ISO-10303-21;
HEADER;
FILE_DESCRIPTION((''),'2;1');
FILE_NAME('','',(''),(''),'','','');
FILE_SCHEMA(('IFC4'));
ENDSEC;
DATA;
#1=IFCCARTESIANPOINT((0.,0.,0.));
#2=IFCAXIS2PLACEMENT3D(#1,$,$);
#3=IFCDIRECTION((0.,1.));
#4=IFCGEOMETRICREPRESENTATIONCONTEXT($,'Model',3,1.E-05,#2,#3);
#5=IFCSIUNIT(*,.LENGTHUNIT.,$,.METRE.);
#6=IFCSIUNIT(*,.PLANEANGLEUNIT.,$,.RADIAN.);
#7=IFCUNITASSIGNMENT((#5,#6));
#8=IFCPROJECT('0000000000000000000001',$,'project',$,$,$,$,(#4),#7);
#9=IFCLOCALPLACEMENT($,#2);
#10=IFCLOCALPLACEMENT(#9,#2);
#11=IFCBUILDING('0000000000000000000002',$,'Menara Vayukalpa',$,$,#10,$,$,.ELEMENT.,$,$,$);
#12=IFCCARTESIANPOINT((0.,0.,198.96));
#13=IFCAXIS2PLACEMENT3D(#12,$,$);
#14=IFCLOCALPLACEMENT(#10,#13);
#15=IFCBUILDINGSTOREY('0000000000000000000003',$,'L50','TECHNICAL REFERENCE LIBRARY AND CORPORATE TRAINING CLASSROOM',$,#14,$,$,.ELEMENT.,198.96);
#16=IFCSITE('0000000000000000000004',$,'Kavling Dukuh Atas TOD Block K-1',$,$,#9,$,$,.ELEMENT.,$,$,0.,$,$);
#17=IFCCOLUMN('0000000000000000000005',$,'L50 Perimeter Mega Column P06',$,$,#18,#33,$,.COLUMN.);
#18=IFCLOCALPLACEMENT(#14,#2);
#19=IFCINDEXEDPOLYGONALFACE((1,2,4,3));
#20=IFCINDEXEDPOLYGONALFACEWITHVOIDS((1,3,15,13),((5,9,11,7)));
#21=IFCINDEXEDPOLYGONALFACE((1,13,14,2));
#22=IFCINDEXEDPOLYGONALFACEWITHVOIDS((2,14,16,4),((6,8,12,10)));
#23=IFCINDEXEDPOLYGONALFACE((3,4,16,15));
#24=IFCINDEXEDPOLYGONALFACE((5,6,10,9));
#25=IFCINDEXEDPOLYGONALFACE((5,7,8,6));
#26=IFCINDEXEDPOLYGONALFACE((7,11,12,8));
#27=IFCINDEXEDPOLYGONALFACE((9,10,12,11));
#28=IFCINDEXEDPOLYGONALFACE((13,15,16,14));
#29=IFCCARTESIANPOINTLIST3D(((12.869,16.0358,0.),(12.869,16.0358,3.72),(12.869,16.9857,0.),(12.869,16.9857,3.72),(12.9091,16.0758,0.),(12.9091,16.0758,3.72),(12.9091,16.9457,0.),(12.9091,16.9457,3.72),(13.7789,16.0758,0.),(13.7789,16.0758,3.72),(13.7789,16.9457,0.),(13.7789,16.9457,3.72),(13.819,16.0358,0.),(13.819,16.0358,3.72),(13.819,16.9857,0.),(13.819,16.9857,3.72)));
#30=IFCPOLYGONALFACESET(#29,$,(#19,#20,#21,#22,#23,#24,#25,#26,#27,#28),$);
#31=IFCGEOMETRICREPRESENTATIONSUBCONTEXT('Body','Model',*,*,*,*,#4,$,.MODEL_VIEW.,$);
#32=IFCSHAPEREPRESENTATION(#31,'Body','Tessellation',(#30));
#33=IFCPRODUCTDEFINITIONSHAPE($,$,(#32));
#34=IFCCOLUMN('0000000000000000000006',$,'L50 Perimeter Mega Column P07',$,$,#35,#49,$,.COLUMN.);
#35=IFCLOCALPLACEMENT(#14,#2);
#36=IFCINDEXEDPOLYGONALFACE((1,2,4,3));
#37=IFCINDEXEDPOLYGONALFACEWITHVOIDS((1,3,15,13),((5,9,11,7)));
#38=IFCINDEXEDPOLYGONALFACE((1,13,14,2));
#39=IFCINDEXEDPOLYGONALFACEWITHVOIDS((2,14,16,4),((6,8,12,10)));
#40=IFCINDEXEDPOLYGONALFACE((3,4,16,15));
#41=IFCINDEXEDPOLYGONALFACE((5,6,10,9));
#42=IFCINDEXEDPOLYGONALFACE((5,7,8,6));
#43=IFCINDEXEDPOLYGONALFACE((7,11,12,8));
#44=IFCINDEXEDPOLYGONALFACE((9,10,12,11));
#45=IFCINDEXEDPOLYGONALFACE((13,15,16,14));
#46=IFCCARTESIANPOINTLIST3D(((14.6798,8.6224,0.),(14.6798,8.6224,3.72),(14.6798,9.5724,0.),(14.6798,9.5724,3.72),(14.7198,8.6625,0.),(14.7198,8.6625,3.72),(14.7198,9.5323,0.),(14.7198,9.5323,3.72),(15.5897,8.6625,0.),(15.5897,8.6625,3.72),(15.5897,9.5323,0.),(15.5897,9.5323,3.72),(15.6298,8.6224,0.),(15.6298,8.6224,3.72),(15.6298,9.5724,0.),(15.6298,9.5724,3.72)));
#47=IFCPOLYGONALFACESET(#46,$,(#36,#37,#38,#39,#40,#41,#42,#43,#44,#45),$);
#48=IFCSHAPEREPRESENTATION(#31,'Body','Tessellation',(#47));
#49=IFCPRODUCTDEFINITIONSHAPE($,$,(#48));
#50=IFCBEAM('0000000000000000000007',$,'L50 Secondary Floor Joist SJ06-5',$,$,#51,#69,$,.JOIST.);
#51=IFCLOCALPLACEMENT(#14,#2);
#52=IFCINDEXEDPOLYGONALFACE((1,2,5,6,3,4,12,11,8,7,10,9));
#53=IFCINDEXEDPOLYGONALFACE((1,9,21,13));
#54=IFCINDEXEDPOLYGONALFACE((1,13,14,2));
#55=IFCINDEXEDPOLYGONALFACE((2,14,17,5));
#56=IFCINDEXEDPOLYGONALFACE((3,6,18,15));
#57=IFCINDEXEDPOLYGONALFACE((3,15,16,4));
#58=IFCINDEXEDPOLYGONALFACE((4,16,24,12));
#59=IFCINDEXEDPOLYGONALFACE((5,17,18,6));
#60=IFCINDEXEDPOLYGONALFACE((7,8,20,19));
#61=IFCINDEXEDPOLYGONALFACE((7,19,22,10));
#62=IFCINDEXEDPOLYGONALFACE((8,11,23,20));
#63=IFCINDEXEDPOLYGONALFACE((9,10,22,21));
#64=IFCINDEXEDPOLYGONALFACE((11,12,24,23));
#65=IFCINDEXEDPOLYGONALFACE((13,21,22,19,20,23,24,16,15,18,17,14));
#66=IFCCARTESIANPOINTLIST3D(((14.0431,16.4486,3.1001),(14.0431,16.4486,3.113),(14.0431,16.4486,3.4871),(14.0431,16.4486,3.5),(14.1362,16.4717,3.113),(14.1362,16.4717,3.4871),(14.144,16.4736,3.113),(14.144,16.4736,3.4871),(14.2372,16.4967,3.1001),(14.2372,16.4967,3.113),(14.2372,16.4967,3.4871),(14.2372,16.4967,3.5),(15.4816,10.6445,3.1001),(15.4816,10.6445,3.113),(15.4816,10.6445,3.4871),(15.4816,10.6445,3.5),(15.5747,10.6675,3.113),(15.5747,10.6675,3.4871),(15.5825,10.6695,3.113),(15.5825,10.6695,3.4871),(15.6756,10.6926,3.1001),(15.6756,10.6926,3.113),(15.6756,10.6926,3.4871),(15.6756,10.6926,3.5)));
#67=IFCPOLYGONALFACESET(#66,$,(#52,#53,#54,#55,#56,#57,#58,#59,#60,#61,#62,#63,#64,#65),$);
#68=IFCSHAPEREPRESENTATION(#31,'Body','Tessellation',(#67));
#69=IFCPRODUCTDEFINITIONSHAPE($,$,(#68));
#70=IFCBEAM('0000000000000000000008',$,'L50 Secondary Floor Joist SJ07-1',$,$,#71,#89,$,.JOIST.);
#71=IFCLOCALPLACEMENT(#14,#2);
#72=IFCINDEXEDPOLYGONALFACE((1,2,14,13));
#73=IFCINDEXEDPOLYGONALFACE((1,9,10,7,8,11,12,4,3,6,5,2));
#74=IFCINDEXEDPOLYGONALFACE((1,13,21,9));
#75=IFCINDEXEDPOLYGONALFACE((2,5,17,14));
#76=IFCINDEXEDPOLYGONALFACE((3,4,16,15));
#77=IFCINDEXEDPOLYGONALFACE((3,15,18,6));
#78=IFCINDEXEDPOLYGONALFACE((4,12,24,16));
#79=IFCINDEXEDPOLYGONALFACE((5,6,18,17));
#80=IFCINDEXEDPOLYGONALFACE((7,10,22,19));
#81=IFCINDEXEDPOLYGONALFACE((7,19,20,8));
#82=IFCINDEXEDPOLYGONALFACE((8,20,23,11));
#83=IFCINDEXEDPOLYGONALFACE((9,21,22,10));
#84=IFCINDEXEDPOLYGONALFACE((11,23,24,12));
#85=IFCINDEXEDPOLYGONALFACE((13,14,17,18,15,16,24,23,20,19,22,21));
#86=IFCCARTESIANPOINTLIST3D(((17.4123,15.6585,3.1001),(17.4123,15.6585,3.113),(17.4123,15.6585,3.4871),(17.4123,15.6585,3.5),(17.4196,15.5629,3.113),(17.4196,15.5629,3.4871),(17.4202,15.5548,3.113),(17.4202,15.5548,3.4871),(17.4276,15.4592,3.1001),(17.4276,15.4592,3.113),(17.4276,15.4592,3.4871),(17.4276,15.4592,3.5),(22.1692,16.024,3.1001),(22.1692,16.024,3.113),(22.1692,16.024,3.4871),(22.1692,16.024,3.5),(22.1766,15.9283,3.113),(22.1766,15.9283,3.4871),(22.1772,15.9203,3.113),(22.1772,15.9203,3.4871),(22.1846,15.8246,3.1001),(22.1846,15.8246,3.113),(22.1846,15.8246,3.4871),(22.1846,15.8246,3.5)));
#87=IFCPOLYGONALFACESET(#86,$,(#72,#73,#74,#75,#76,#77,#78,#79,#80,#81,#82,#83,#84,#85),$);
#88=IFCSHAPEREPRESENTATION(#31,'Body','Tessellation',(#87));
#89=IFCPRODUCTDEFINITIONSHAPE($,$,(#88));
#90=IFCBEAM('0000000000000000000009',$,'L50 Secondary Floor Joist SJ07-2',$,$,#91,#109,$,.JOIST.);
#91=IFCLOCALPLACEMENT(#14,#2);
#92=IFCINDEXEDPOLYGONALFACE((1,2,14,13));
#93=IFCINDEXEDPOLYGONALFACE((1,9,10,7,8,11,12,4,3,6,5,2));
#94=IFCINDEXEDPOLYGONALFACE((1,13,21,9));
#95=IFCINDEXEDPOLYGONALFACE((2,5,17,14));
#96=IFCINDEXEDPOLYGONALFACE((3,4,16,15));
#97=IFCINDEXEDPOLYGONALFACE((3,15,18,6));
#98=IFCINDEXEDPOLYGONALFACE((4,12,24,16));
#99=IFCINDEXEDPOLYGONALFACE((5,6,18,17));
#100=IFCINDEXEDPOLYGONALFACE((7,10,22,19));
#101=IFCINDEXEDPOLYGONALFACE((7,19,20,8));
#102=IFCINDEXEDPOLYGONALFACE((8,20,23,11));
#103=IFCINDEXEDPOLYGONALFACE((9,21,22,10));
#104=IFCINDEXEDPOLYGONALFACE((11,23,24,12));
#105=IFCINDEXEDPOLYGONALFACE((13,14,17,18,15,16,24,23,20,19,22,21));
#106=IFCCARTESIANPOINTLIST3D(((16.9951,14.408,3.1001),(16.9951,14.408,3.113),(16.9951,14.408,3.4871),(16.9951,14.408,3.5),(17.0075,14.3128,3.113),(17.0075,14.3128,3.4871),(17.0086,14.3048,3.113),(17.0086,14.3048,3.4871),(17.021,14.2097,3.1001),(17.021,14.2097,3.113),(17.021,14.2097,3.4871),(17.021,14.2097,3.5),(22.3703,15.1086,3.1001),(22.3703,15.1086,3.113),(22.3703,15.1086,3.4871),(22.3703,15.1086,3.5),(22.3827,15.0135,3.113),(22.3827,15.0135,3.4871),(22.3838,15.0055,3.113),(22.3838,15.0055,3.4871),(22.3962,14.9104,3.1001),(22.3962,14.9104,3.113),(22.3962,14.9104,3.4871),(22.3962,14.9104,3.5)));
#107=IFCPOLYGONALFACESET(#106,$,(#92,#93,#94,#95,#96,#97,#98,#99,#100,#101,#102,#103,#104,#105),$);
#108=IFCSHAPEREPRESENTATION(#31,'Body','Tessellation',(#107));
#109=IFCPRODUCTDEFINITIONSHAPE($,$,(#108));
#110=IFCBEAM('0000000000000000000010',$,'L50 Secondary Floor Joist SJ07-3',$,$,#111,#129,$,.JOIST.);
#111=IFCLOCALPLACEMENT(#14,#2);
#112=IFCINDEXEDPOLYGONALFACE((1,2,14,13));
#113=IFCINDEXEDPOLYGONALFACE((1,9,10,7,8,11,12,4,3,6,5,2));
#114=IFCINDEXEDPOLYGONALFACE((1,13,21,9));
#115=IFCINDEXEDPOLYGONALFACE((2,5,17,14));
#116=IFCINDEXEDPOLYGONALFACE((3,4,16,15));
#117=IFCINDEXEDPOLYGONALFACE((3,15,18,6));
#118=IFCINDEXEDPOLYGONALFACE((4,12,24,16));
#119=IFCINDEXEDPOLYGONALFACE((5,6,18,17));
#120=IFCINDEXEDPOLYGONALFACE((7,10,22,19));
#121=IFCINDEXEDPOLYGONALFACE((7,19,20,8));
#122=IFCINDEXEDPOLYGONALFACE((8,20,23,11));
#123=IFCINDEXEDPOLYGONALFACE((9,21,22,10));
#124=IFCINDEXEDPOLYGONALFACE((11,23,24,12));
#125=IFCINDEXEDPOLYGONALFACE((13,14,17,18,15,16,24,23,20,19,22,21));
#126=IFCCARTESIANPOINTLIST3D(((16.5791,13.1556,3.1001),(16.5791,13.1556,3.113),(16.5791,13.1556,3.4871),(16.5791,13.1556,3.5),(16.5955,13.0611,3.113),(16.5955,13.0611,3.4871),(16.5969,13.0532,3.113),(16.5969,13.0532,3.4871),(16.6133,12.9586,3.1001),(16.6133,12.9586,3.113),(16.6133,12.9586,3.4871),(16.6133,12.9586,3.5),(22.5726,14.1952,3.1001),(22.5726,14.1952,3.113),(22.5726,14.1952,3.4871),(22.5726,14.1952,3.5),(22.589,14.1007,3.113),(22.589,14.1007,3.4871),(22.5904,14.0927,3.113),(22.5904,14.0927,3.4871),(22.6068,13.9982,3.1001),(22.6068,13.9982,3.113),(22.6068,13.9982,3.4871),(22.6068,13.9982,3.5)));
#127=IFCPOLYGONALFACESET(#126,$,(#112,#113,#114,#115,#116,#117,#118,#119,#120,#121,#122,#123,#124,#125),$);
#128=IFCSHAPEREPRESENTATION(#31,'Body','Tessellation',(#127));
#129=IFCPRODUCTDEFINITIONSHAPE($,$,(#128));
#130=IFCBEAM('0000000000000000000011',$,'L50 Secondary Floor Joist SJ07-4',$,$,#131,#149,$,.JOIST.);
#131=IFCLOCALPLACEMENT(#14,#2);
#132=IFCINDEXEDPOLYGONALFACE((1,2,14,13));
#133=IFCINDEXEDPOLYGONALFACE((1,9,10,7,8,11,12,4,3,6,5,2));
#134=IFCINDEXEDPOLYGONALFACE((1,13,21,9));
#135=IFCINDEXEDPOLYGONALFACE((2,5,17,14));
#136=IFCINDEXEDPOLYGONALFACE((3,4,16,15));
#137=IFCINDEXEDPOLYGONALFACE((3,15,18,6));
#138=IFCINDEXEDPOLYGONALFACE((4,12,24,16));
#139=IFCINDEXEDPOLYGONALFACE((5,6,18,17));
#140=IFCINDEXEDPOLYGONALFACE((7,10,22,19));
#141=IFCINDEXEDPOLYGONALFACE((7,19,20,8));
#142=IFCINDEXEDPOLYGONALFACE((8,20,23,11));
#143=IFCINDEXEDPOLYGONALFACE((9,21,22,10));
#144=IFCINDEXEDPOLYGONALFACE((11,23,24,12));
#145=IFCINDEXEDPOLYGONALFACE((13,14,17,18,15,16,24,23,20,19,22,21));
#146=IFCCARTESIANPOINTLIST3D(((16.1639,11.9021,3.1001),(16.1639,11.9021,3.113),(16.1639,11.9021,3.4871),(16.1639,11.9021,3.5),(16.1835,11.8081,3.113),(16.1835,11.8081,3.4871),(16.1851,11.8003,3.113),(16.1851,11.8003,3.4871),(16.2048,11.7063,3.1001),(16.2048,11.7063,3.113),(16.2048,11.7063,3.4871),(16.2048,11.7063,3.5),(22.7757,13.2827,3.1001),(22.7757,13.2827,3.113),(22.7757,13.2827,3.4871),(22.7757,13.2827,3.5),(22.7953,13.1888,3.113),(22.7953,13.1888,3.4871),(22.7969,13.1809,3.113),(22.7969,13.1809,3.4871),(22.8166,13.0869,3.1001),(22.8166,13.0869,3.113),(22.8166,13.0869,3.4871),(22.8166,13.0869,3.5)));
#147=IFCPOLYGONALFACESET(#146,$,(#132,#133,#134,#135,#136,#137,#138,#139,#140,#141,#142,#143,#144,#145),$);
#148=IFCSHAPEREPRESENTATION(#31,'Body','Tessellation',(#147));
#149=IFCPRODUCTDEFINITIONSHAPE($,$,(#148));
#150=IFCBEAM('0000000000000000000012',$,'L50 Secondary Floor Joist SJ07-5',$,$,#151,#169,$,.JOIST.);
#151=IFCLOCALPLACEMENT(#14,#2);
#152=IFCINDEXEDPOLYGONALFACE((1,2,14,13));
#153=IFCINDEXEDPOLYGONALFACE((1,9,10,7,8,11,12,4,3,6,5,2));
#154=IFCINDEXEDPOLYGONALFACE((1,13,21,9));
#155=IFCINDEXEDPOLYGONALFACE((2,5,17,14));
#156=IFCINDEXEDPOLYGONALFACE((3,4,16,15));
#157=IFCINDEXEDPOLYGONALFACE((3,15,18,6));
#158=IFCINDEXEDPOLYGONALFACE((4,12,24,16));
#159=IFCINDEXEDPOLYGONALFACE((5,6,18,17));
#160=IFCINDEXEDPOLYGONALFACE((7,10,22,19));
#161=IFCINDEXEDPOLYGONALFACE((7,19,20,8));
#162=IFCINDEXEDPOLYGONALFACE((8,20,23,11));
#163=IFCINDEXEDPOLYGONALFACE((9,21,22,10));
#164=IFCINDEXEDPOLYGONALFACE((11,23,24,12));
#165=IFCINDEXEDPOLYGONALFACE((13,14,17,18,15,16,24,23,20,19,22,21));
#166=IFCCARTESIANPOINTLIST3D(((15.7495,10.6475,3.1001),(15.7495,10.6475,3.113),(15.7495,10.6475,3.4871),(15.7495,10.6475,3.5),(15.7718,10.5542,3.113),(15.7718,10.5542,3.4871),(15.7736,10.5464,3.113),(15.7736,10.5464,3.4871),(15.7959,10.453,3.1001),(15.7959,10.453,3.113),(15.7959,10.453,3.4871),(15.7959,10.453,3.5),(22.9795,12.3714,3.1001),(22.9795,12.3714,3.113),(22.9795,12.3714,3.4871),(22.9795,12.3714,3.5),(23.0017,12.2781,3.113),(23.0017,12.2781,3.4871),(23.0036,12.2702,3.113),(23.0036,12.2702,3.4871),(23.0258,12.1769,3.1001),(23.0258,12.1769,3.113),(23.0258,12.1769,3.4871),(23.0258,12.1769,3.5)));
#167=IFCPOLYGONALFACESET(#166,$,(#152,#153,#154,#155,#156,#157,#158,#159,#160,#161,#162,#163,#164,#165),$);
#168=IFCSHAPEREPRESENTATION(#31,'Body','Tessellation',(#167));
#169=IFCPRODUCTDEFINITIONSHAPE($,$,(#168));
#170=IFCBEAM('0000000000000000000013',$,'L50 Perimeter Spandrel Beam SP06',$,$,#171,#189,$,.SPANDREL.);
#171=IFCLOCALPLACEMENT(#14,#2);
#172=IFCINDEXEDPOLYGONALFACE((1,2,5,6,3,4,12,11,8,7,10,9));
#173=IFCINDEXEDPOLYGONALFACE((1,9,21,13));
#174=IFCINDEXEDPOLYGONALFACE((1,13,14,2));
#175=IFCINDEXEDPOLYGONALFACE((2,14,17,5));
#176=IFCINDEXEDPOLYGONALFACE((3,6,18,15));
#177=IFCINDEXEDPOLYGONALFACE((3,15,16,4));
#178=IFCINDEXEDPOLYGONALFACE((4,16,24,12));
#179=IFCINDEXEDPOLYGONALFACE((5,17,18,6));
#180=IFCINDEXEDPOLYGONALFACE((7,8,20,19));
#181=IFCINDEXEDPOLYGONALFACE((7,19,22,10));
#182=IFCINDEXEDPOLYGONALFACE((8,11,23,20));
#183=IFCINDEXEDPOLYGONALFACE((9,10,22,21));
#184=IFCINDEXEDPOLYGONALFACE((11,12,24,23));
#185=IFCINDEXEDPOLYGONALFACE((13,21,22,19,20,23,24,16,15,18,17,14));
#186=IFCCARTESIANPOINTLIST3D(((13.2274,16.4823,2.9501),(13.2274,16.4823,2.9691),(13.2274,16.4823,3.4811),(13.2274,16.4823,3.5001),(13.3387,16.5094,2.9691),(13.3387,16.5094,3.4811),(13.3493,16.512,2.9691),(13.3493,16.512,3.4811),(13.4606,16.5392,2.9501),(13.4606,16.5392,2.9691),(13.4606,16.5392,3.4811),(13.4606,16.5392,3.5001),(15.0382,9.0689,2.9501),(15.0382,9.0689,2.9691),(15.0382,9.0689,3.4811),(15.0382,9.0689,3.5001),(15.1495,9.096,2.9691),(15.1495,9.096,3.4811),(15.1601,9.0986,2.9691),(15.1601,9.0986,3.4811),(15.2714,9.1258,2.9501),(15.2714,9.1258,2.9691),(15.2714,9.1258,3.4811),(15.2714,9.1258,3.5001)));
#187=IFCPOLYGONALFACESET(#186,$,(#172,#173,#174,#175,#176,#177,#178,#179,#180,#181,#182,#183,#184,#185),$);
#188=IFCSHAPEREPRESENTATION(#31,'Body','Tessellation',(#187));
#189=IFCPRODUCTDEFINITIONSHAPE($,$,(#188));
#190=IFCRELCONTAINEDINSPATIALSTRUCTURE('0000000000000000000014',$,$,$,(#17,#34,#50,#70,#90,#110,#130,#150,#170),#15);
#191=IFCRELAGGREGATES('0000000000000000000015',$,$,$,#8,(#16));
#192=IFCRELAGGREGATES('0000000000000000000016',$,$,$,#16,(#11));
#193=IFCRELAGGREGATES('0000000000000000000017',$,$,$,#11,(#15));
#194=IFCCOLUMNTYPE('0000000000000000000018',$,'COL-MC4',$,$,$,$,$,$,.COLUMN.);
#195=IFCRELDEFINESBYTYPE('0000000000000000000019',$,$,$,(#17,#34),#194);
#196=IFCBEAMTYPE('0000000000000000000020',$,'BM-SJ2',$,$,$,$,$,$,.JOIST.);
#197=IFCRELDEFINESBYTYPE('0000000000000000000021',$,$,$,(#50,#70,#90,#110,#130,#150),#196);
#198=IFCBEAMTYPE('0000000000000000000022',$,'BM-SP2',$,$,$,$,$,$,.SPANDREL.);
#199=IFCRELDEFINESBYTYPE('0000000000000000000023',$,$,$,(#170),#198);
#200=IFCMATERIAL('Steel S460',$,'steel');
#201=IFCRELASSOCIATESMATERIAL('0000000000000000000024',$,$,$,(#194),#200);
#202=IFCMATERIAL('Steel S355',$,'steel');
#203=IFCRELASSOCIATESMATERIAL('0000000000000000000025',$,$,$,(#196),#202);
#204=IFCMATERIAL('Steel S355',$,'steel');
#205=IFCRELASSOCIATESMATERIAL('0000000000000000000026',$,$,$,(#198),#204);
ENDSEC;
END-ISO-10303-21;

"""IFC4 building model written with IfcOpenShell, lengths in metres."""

from ifc_helpers import new_model, si_unit, direction, frame, origin, origin_2d, place, context, subcontext, project, spatial, hollow_rectangle, i_section, extrude, material, material_profile, profile_set, type_object, element, save


model = new_model("IFC4")

# Units and contexts
model_context = context("Model", 3, precision=1e-05, world=origin(), true_north=direction((0.0, 1.0)))
body_context = subcontext(model_context, "Body", "Model", "MODEL_VIEW")
ifc_project = project(units=[si_unit("LENGTHUNIT", "METRE"), si_unit("PLANEANGLEUNIT", "RADIAN")], contexts=[model_context])

# Site, building, storey
site_placement = place(None, origin())
site = spatial("IfcSite", under=ifc_project, at=site_placement, Name="Kavling Dukuh Atas TOD Block K-1", CompositionType="ELEMENT", RefElevation=0.0)
building_placement = place(site_placement, origin())
building = spatial("IfcBuilding", under=site, at=building_placement, Name="Menara Vayukalpa", CompositionType="ELEMENT")
storey_placement = place(building_placement, frame((0.0, 0.0, 198.96)))
storey = spatial("IfcBuildingStorey", under=building, at=storey_placement, Name="L50", Description="TECHNICAL REFERENCE LIBRARY AND CORPORATE TRAINING CLASSROOM", CompositionType="ELEMENT", Elevation=198.96)

# Columns
ifc_material_1 = material(Name="Steel S460", Category="steel")
ifc_material_profile_1 = material_profile(ifc_material_1, hollow_rectangle(XDim=0.95, YDim=0.95, WallThickness=0.04, at=origin_2d()), Name="BOX 950x950x40")
ifc_profile_set_1 = profile_set([ifc_material_profile_1], Name="Steel S460")
column_type = type_object("IfcColumnType", Name="COL-MC4", PredefinedType="COLUMN", material=ifc_profile_set_1)
for number, where, z_axis, x_axis, name in (
    (1, (13.344, 16.5107, 0.0), (0.0, 0.0, 1.0), (1.0, 0.0, 0.0), "L50 Perimeter Mega Column P06"),
    (2, (15.1548, 9.0974, 0.0), (0.0, 0.0, 1.0), (1.0, 0.0, 0.0), "L50 Perimeter Mega Column P07"),
):
    element("IfcColumn", number, at=place(storey_placement, frame(where, z_axis=z_axis, x_axis=x_axis)), inside=storey, type_object=column_type, Name=name, PredefinedType="COLUMN", context=body_context, shape_type="SweptSolid", body=[
        extrude(hollow_rectangle(XDim=0.95, YDim=0.95, WallThickness=0.04, at=origin_2d()), origin(), (0.0, 0.0, 1.0), 3.72),
    ])

# Beams
ifc_material_2 = material(Name="Steel S355", Category="steel")
ifc_material_profile_2 = material_profile(ifc_material_2, i_section(OverallWidth=0.2, OverallDepth=0.3999, WebThickness=0.0081, FlangeThickness=0.0129, at=origin_2d()), Name="WF 400x200x8x13")
ifc_profile_set_2 = profile_set([ifc_material_profile_2], Name="Steel S355")
beam_type_1 = type_object("IfcBeamType", Name="BM-SJ2", PredefinedType="JOIST", material=ifc_profile_set_2)
beam_1_placement = place(storey_placement, frame((14.1401, 16.4727, 3.3), z_axis=(0.240556, -0.970635, 0.0), x_axis=(0.970635, 0.240556, 0.0)))
element("IfcBeam", 3, at=beam_1_placement, inside=storey, type_object=beam_type_1, Name="L50 Secondary Floor Joist SJ06-5", PredefinedType="JOIST", context=body_context, shape_type="SweptSolid", body=[
    extrude(i_section(OverallWidth=0.2, OverallDepth=0.3999, WebThickness=0.0081, FlangeThickness=0.0129, at=origin_2d()), origin(), (0.0, 0.0, 1.0), 5.9797),
])
beam_2_placement = place(storey_placement, frame((17.4199, 15.5588, 3.3), z_axis=(0.997062, 0.076603, 0.0), x_axis=(-0.076603, 0.997062, 0.0)))
element("IfcBeam", 4, at=beam_2_placement, inside=storey, type_object=beam_type_1, Name="L50 Secondary Floor Joist SJ07-1", PredefinedType="JOIST", context=body_context, shape_type="SweptSolid", body=[
    extrude(i_section(OverallWidth=0.2, OverallDepth=0.3999, WebThickness=0.0081, FlangeThickness=0.0129, at=origin_2d()), origin(), (0.0, 0.0, 1.0), 4.771),
])
beam_3_placement = place(storey_placement, frame((17.0081, 14.3088, 3.3), z_axis=(0.991611, 0.12926, 0.0), x_axis=(-0.12926, 0.991611, 0.0)))
element("IfcBeam", 5, at=beam_3_placement, inside=storey, type_object=beam_type_1, Name="L50 Secondary Floor Joist SJ07-2", PredefinedType="JOIST", context=body_context, shape_type="SweptSolid", body=[
    extrude(i_section(OverallWidth=0.2, OverallDepth=0.3999, WebThickness=0.0081, FlangeThickness=0.0129, at=origin_2d()), origin(), (0.0, 0.0, 1.0), 5.4207),
])
beam_4_placement = place(storey_placement, frame((16.5962, 13.0571, 3.3), z_axis=(0.985289, 0.170897, 0.0), x_axis=(-0.170897, 0.985289, 0.0)))
element("IfcBeam", 6, at=beam_4_placement, inside=storey, type_object=beam_type_1, Name="L50 Secondary Floor Joist SJ07-3", PredefinedType="JOIST", context=body_context, shape_type="SweptSolid", body=[
    extrude(i_section(OverallWidth=0.2, OverallDepth=0.3999, WebThickness=0.0081, FlangeThickness=0.0129, at=origin_2d()), origin(), (0.0, 0.0, 1.0), 6.083),
])
beam_5_placement = place(storey_placement, frame((16.1843, 11.8042, 3.3), z_axis=(0.978887, 0.204402, 0.0), x_axis=(-0.204402, 0.978887, 0.0)))
element("IfcBeam", 7, at=beam_5_placement, inside=storey, type_object=beam_type_1, Name="L50 Secondary Floor Joist SJ07-4", PredefinedType="JOIST", context=body_context, shape_type="SweptSolid", body=[
    extrude(i_section(OverallWidth=0.2, OverallDepth=0.3999, WebThickness=0.0081, FlangeThickness=0.0129, at=origin_2d()), origin(), (0.0, 0.0, 1.0), 6.7544),
])
beam_6_placement = place(storey_placement, frame((15.7727, 10.5503, 3.3), z_axis=(0.972732, 0.231933, 0.0), x_axis=(-0.231933, 0.972732, 0.0)))
element("IfcBeam", 8, at=beam_6_placement, inside=storey, type_object=beam_type_1, Name="L50 Secondary Floor Joist SJ07-5", PredefinedType="JOIST", context=body_context, shape_type="SweptSolid", body=[
    extrude(i_section(OverallWidth=0.2, OverallDepth=0.3999, WebThickness=0.0081, FlangeThickness=0.0129, at=origin_2d()), origin(), (0.0, 0.0, 1.0), 7.4326),
])
ifc_material_3 = material(Name="Steel S355", Category="steel")
ifc_material_profile_3 = material_profile(ifc_material_3, i_section(OverallWidth=0.24, OverallDepth=0.55, WebThickness=0.011, FlangeThickness=0.019, at=origin_2d()), Name="WF 550x240x11x19")
ifc_profile_set_3 = profile_set([ifc_material_profile_3], Name="Steel S355")
beam_type_2 = type_object("IfcBeamType", Name="BM-SP2", PredefinedType="SPANDREL", material=ifc_profile_set_3)
beam_7_placement = place(storey_placement, frame((13.344, 16.5107, 3.2251), z_axis=(0.237285, -0.97144, 0.0), x_axis=(0.97144, 0.237285, 0.0)))
element("IfcBeam", 9, at=beam_7_placement, inside=storey, type_object=beam_type_2, Name="L50 Perimeter Spandrel Beam SP06", PredefinedType="SPANDREL", context=body_context, shape_type="SweptSolid", body=[
    extrude(i_section(OverallWidth=0.24, OverallDepth=0.55, WebThickness=0.011, FlangeThickness=0.019, at=origin_2d()), origin(), (0.0, 0.0, 1.0), 7.6313),
])

save(model, "model.ifc")
